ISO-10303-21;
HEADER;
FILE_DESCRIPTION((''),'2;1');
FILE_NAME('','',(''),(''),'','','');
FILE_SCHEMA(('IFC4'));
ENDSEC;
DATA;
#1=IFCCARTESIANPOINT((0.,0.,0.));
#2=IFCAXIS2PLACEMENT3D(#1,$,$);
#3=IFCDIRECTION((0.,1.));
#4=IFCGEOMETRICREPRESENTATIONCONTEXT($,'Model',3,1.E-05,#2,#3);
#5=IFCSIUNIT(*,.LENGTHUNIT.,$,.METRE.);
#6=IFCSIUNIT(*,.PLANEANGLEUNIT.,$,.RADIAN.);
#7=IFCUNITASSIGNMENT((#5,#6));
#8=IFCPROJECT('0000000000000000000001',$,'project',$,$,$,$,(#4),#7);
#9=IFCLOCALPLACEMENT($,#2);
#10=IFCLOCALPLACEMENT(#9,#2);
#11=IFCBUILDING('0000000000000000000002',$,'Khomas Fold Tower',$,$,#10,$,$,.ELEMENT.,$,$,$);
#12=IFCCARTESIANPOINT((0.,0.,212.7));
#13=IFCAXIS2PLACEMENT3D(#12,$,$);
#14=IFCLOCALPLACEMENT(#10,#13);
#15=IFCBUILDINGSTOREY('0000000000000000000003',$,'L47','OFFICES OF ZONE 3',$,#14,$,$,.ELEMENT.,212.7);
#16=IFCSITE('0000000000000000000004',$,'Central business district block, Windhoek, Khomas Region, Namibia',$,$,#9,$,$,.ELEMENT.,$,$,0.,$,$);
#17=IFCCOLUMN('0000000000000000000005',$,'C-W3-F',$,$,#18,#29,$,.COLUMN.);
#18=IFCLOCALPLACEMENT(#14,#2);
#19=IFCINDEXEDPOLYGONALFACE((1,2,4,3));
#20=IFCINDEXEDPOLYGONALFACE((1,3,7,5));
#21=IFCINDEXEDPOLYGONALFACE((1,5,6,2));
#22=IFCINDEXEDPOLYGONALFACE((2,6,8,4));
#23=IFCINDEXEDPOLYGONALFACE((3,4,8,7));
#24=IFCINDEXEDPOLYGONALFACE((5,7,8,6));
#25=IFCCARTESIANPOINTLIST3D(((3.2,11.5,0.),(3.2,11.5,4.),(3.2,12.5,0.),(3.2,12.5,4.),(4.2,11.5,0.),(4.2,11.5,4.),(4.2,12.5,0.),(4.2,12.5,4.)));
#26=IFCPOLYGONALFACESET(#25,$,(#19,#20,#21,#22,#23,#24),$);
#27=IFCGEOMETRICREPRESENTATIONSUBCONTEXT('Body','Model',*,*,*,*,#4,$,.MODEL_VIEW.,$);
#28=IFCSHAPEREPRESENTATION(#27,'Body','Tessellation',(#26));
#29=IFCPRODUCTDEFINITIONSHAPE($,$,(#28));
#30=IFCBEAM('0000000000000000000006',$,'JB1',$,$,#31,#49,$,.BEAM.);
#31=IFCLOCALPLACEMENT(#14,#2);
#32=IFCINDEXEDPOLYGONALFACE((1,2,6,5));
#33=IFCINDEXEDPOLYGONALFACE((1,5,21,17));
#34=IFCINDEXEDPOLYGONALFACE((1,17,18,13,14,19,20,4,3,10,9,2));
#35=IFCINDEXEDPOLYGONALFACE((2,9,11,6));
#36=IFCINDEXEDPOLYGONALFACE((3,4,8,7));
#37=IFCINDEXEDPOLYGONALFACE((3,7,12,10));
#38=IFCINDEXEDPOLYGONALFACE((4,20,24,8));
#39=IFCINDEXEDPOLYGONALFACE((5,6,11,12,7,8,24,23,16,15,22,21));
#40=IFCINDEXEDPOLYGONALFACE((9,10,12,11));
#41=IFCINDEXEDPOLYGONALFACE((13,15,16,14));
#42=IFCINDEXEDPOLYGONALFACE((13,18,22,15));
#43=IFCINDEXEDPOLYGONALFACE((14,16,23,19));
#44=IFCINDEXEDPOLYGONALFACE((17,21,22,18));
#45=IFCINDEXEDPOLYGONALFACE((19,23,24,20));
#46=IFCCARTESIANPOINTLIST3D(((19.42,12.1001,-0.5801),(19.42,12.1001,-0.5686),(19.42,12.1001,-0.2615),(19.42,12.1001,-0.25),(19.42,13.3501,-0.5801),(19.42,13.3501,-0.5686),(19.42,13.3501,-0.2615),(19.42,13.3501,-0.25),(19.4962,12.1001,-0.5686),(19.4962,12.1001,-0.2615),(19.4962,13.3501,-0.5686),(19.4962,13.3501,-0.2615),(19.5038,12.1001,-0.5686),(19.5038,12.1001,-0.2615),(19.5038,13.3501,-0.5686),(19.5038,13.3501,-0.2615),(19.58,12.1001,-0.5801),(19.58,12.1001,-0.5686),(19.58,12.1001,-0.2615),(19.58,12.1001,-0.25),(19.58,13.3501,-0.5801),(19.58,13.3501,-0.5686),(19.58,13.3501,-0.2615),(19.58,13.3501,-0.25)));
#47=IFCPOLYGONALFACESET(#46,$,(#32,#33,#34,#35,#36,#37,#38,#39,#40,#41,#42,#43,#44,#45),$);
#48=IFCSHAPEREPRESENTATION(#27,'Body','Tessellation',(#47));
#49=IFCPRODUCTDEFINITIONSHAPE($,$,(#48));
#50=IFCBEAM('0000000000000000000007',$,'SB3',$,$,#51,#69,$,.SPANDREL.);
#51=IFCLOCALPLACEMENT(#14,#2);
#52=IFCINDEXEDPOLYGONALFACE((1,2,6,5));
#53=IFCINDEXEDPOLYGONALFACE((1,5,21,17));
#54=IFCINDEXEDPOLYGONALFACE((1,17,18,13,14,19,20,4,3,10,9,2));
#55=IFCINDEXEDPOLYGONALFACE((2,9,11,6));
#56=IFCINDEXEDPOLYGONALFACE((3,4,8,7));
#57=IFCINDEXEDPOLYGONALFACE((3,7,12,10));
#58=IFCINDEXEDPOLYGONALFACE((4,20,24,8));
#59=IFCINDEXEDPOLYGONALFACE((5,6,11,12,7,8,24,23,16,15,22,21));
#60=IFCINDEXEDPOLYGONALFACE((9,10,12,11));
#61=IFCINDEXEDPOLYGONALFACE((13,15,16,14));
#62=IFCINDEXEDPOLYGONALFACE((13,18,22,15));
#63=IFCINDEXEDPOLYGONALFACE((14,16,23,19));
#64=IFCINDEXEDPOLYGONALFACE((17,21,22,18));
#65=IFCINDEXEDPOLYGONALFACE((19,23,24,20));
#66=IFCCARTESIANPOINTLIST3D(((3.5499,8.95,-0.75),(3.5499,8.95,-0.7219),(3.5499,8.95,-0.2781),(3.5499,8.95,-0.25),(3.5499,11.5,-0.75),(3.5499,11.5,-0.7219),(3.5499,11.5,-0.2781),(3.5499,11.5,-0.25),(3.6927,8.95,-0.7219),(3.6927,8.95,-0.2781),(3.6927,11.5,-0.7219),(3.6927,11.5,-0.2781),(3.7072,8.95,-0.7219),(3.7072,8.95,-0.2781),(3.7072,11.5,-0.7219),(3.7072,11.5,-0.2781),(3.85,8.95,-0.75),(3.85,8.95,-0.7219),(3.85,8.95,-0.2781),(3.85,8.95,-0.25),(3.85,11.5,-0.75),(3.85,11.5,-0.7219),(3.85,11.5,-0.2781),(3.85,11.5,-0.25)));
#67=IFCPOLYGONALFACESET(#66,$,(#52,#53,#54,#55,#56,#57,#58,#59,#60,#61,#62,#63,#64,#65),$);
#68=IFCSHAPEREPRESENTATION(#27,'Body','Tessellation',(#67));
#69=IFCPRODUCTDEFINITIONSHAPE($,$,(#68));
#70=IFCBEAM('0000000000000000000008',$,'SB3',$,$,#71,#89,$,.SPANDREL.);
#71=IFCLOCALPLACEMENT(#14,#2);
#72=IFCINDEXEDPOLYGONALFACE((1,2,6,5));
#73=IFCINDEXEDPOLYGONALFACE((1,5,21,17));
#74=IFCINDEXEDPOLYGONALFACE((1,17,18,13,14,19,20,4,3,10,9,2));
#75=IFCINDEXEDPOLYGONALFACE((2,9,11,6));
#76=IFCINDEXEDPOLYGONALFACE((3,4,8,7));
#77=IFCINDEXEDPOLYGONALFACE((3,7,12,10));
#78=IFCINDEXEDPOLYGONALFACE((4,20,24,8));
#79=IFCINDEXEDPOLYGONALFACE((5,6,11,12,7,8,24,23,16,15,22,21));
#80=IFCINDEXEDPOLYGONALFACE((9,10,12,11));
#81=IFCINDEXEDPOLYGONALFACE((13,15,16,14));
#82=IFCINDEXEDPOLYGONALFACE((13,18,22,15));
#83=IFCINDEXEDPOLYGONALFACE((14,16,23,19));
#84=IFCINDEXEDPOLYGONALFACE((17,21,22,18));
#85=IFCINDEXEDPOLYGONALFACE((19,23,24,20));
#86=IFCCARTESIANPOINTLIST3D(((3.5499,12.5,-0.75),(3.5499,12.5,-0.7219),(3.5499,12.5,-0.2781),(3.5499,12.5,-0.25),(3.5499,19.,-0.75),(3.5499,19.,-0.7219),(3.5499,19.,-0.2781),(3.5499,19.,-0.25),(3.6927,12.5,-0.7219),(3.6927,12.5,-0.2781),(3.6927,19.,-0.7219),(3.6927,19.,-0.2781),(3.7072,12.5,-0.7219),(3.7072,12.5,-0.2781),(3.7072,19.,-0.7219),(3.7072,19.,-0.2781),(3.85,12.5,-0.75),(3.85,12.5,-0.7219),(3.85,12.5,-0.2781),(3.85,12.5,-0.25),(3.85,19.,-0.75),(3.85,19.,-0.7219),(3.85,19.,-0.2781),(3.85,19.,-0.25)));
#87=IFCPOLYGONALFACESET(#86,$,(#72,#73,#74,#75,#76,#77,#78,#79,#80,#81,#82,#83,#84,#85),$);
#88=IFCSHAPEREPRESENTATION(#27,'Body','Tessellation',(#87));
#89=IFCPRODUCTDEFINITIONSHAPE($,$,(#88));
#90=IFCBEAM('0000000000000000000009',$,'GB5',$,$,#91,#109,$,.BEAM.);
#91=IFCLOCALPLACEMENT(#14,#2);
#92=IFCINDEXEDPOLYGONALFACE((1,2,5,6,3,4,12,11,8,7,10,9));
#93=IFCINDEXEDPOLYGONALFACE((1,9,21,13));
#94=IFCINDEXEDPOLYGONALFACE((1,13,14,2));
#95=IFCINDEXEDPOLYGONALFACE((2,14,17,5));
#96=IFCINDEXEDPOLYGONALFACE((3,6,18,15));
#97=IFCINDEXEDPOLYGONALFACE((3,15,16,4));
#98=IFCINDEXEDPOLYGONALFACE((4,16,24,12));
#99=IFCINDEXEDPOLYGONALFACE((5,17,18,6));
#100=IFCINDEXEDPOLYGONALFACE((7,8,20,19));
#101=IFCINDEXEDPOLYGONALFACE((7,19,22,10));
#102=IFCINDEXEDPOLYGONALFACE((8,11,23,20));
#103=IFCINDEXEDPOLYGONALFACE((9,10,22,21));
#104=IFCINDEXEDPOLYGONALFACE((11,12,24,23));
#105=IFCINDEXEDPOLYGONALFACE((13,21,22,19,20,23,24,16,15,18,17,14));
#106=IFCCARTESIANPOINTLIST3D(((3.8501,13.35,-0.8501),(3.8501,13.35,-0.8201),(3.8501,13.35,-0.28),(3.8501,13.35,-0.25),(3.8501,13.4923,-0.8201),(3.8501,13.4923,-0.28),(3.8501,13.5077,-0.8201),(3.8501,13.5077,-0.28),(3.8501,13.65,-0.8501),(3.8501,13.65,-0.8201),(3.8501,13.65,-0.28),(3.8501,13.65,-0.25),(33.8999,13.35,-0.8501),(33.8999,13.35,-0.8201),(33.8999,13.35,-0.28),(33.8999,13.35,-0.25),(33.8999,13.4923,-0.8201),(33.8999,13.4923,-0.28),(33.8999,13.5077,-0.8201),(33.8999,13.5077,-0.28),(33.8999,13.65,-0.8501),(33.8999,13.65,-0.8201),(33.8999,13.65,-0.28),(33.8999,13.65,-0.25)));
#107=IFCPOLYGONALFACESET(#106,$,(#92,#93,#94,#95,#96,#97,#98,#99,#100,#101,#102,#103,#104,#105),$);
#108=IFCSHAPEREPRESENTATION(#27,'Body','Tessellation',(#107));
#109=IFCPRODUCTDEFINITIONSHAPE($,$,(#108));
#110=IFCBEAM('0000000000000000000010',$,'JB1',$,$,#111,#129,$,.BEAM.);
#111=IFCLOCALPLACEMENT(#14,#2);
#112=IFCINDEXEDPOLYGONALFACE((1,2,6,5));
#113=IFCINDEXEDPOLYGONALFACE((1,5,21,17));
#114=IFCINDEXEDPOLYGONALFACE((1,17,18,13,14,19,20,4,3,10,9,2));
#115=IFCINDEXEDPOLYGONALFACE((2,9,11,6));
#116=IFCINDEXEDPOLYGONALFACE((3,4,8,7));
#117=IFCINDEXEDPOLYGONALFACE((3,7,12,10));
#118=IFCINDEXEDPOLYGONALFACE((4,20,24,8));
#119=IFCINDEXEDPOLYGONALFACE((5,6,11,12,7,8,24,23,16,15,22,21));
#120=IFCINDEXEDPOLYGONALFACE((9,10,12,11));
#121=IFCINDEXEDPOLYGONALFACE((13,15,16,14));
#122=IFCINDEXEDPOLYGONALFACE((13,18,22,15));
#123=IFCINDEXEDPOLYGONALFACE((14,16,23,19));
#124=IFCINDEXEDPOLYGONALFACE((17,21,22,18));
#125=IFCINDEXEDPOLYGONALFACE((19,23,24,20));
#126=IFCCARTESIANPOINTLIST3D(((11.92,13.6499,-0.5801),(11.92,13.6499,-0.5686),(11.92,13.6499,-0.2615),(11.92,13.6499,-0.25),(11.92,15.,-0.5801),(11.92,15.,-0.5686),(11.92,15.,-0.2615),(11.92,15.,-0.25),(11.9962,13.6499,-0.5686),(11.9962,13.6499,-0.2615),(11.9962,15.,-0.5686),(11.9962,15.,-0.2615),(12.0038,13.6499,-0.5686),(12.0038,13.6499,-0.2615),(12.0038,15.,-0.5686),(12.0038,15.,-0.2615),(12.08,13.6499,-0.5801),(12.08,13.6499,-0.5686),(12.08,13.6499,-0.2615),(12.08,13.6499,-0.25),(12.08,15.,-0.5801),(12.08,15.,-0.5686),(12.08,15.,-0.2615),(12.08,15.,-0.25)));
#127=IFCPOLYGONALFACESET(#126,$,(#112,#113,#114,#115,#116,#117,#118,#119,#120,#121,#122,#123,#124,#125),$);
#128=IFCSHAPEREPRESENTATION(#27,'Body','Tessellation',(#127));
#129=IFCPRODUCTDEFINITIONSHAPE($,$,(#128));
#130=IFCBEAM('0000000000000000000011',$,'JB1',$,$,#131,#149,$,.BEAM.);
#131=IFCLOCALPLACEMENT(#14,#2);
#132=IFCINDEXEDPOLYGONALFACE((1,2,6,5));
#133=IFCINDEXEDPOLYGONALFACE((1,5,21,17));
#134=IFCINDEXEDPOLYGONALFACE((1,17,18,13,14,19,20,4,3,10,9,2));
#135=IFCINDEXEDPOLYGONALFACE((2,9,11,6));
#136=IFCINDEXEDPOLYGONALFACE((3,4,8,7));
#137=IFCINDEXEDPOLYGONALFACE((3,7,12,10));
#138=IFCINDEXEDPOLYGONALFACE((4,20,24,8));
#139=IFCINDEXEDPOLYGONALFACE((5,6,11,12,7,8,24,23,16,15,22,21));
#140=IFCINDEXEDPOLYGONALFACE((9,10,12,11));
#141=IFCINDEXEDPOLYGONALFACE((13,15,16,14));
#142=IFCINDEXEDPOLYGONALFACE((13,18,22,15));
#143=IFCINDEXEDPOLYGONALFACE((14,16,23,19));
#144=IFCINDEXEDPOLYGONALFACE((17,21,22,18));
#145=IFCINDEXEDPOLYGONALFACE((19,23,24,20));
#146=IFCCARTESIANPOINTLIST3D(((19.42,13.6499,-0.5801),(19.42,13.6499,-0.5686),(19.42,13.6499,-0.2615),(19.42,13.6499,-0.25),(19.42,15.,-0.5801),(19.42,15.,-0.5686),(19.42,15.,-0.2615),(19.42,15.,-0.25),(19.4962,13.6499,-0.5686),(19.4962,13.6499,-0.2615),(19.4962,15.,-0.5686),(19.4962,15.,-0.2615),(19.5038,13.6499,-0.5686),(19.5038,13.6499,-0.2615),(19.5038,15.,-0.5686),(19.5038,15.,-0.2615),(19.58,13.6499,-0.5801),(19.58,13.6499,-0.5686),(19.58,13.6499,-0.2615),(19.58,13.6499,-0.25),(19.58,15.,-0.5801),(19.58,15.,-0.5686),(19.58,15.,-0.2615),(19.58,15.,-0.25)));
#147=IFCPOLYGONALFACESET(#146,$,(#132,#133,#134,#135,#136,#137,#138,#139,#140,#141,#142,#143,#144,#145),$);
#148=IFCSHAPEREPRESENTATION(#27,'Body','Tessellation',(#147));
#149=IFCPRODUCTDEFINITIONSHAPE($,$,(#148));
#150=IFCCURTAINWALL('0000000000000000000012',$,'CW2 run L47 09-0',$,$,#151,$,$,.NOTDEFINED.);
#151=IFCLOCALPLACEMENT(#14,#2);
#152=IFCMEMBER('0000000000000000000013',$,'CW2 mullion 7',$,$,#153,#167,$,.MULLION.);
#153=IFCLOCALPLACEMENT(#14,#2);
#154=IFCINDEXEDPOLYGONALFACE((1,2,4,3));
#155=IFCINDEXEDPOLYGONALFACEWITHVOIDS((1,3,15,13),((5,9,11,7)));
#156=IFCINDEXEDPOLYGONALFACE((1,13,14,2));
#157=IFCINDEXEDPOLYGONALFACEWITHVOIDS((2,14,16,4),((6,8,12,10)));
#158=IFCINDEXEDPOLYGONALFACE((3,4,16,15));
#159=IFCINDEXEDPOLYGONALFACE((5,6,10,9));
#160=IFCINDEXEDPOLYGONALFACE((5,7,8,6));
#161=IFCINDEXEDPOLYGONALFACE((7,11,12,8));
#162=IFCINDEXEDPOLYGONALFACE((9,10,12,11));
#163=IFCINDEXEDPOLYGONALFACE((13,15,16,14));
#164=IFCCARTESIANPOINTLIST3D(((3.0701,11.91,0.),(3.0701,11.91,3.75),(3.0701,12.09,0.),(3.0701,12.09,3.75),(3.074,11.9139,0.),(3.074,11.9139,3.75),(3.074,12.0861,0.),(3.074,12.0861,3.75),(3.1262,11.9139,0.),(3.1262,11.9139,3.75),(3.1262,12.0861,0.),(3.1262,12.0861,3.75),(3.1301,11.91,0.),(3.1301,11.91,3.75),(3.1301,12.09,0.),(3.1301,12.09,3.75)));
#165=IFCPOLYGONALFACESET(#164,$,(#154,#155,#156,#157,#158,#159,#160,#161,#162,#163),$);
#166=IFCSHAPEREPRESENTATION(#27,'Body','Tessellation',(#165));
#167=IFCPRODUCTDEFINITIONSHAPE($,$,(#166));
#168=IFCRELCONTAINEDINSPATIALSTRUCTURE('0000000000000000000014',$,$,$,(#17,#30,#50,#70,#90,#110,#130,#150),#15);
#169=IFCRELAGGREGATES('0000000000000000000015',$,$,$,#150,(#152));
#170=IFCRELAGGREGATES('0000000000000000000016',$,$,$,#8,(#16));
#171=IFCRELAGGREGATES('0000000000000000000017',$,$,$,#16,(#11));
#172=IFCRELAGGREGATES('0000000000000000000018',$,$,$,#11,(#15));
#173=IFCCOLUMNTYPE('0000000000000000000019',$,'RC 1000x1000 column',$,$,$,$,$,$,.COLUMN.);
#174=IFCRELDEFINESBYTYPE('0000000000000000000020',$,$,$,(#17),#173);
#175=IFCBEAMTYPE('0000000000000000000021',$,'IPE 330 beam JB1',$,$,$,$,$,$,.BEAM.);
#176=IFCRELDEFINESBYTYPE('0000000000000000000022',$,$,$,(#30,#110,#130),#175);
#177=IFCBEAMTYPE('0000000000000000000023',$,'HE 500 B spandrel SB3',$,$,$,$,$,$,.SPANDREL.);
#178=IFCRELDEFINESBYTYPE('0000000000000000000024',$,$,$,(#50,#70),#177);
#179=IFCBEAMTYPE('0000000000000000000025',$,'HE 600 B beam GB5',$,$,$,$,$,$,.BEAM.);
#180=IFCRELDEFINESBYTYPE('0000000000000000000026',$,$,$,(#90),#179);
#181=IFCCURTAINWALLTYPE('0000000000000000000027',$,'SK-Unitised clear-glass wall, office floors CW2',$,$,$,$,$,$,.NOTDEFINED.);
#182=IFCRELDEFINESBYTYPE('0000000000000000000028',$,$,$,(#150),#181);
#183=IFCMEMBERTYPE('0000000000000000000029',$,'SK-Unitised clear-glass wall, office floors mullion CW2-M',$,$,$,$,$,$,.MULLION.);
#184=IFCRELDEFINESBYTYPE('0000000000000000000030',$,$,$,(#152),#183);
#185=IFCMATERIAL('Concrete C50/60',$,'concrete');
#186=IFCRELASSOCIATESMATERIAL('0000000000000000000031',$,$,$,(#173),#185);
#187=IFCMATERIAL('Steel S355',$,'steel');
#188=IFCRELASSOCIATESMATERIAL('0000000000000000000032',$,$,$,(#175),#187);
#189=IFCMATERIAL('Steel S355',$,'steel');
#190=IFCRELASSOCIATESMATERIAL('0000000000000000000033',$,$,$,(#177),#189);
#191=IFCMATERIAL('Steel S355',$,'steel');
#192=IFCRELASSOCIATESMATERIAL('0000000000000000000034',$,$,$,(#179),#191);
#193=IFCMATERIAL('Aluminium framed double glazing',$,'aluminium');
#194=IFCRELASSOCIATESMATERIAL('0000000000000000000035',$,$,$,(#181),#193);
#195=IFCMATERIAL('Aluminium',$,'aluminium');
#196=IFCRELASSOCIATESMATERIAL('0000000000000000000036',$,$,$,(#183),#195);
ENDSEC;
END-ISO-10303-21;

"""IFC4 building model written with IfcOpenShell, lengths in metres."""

from ifc_helpers import new_model, si_unit, direction, frame, origin, origin_2d, place, context, subcontext, project, spatial, rectangle, hollow_rectangle, i_section, extrude, source, transform, mapped, material, material_profile, profile_set, type_object, element, aggregate, save


model = new_model("IFC4")

# Units and contexts
model_context = context("Model", 3, precision=1e-05, world=origin(), true_north=direction((0.0, 1.0)))
body_context = subcontext(model_context, "Body", "Model", "MODEL_VIEW")
ifc_project = project(units=[si_unit("LENGTHUNIT", "METRE"), si_unit("PLANEANGLEUNIT", "RADIAN")], contexts=[model_context])

# Site, building, storey
site_placement = place(None, origin())
site = spatial("IfcSite", under=ifc_project, at=site_placement, Name="Central business district block, Windhoek, Khomas Region, Namibia", CompositionType="ELEMENT", RefElevation=0.0)
building_placement = place(site_placement, origin())
building = spatial("IfcBuilding", under=site, at=building_placement, Name="Khomas Fold Tower", CompositionType="ELEMENT")
storey_placement = place(building_placement, frame((0.0, 0.0, 212.7)))
storey = spatial("IfcBuildingStorey", under=building, at=storey_placement, Name="L47", Description="OFFICES OF ZONE 3", CompositionType="ELEMENT", Elevation=212.7)

# Column
ifc_material_1 = material(Name="Concrete C50/60", Category="concrete")
ifc_material_profile_1 = material_profile(ifc_material_1, rectangle(XDim=1.0, YDim=1.0, at=origin_2d()), Name="RC 1000x1000")
ifc_profile_set_1 = profile_set([ifc_material_profile_1], Name="Concrete C50/60")
column_type = type_object("IfcColumnType", Name="RC 1000x1000 column", PredefinedType="COLUMN", material=ifc_profile_set_1)
shared_shape_1 = source(origin(), body_context, "Body", "SweptSolid", [
    extrude(rectangle(XDim=1.0, YDim=1.0, at=origin_2d()), origin(), (0.0, 0.0, 1.0), 4.0),
])
column_placement = place(storey_placement, frame((3.7, 12.0, 0.0), z_axis=(0.0, 0.0, 1.0), x_axis=(1.0, 0.0, 0.0)))
element("IfcColumn", 1, at=column_placement, inside=storey, type_object=column_type, Name="C-W3-F", PredefinedType="COLUMN", context=body_context, shape_type="MappedRepresentation", body=[
    mapped(shared_shape_1, transform((0.0, 0.0, 0.0))),
])

# Beams
ifc_material_2 = material(Name="Steel S355", Category="steel")
ifc_material_profile_2 = material_profile(ifc_material_2, i_section(OverallWidth=0.1599, OverallDepth=0.3301, WebThickness=0.0076, FlangeThickness=0.0115, at=origin_2d()), Name="IPE 330")
ifc_profile_set_2 = profile_set([ifc_material_profile_2], Name="Steel S355")
beam_type_1 = type_object("IfcBeamType", Name="IPE 330 beam JB1", PredefinedType="BEAM", material=ifc_profile_set_2)
shared_shape_2 = source(origin(), body_context, "Body", "SweptSolid", [
    extrude(i_section(OverallWidth=0.1599, OverallDepth=0.3301, WebThickness=0.0076, FlangeThickness=0.0115, at=origin_2d()), origin(), (0.0, 0.0, 1.0), 1.25),
])
beam_1_placement = place(storey_placement, frame((19.5, 12.1001, -0.415), z_axis=(0.0, 1.0, 0.0), x_axis=(-1.0, 0.0, 0.0)))
element("IfcBeam", 2, at=beam_1_placement, inside=storey, type_object=beam_type_1, Name="JB1", PredefinedType="BEAM", context=body_context, shape_type="MappedRepresentation", body=[
    mapped(shared_shape_2, transform((0.0, 0.0, 0.0))),
])
ifc_material_3 = material(Name="Steel S355", Category="steel")
ifc_material_profile_3 = material_profile(ifc_material_3, i_section(OverallWidth=0.3, OverallDepth=0.5, WebThickness=0.0144, FlangeThickness=0.0281, at=origin_2d()), Name="HE 500 B")
ifc_profile_set_3 = profile_set([ifc_material_profile_3], Name="Steel S355")
beam_type_2 = type_object("IfcBeamType", Name="HE 500 B spandrel SB3", PredefinedType="SPANDREL", material=ifc_profile_set_3)
shared_shape_3 = source(origin(), body_context, "Body", "SweptSolid", [
    extrude(i_section(OverallWidth=0.3, OverallDepth=0.5, WebThickness=0.0144, FlangeThickness=0.0281, at=origin_2d()), origin(), (0.0, 0.0, 1.0), 2.55),
])
beam_2_placement = place(storey_placement, frame((3.7, 8.95, -0.5), z_axis=(0.0, 1.0, 0.0), x_axis=(-1.0, 0.0, 0.0)))
element("IfcBeam", 3, at=beam_2_placement, inside=storey, type_object=beam_type_2, Name="SB3", PredefinedType="SPANDREL", context=body_context, shape_type="MappedRepresentation", body=[
    mapped(shared_shape_3, transform((0.0, 0.0, 0.0))),
])
shared_shape_4 = source(origin(), body_context, "Body", "SweptSolid", [
    extrude(i_section(OverallWidth=0.3, OverallDepth=0.5, WebThickness=0.0144, FlangeThickness=0.0281, at=origin_2d()), origin(), (0.0, 0.0, 1.0), 6.5),
])
beam_3_placement = place(storey_placement, frame((3.7, 12.5, -0.5), z_axis=(0.0, 1.0, 0.0), x_axis=(-1.0, 0.0, 0.0)))
element("IfcBeam", 4, at=beam_3_placement, inside=storey, type_object=beam_type_2, Name="SB3", PredefinedType="SPANDREL", context=body_context, shape_type="MappedRepresentation", body=[
    mapped(shared_shape_4, transform((0.0, 0.0, 0.0))),
])
ifc_material_4 = material(Name="Steel S355", Category="steel")
ifc_material_profile_4 = material_profile(ifc_material_4, i_section(OverallWidth=0.3, OverallDepth=0.6001, WebThickness=0.0154, FlangeThickness=0.03, at=origin_2d()), Name="HE 600 B")
ifc_profile_set_4 = profile_set([ifc_material_profile_4], Name="Steel S355")
beam_type_3 = type_object("IfcBeamType", Name="HE 600 B beam GB5", PredefinedType="BEAM", material=ifc_profile_set_4)
shared_shape_5 = source(origin(), body_context, "Body", "SweptSolid", [
    extrude(i_section(OverallWidth=0.3, OverallDepth=0.6001, WebThickness=0.0154, FlangeThickness=0.03, at=origin_2d()), origin(), (0.0, 0.0, 1.0), 30.0498),
])
beam_4_placement = place(storey_placement, frame((3.8501, 13.5, -0.55), z_axis=(1.0, 0.0, 0.0), x_axis=(0.0, 1.0, 0.0)))
element("IfcBeam", 5, at=beam_4_placement, inside=storey, type_object=beam_type_3, Name="GB5", PredefinedType="BEAM", context=body_context, shape_type="MappedRepresentation", body=[
    mapped(shared_shape_5, transform((0.0, 0.0, 0.0))),
])
shared_shape_6 = source(origin(), body_context, "Body", "SweptSolid", [
    extrude(i_section(OverallWidth=0.1599, OverallDepth=0.3301, WebThickness=0.0076, FlangeThickness=0.0115, at=origin_2d()), origin(), (0.0, 0.0, 1.0), 1.3501),
])
for number, where, z_axis, x_axis, name in (
    (6, (12.0, 13.6499, -0.415), (0.0, 1.0, 0.0), (-1.0, 0.0, 0.0), "JB1"),
    (7, (19.5, 13.6499, -0.415), (0.0, 1.0, 0.0), (-1.0, 0.0, 0.0), "JB1"),
):
    element("IfcBeam", number, at=place(storey_placement, frame(where, z_axis=z_axis, x_axis=x_axis)), inside=storey, type_object=beam_type_1, Name=name, PredefinedType="BEAM", context=body_context, shape_type="MappedRepresentation", body=[
        mapped(shared_shape_6, transform((0.0, 0.0, 0.0))),
    ])

# Curtain wall, member
ifc_material_5 = material(Name="Aluminium framed double glazing", Category="aluminium")
curtain_wall_type = type_object("IfcCurtainWallType", Name="SK-Unitised clear-glass wall, office floors CW2", PredefinedType="NOTDEFINED", material=ifc_material_5)
curtain_wall_placement = place(storey_placement, origin())
curtain_wall = element("IfcCurtainWall", 8, at=curtain_wall_placement, inside=storey, type_object=curtain_wall_type, Name="CW2 run L47 09-0", PredefinedType="NOTDEFINED")
ifc_material_6 = material(Name="Aluminium", Category="aluminium")
ifc_material_profile_5 = material_profile(ifc_material_6, hollow_rectangle(XDim=0.0601, YDim=0.1799, WallThickness=0.0039, at=origin_2d()), Name="SK-Unitised clear-glass wall, office floors mullion CW2-M")
ifc_profile_set_5 = profile_set([ifc_material_profile_5], Name="Aluminium")
member_type_1 = type_object("IfcMemberType", Name="SK-Unitised clear-glass wall, office floors mullion CW2-M", PredefinedType="MULLION", material=ifc_profile_set_5)
shared_shape_7 = source(origin(), body_context, "Body", "SweptSolid", [
    extrude(hollow_rectangle(XDim=0.0601, YDim=0.1799, WallThickness=0.0039, at=origin_2d()), origin(), (0.0, 0.0, 1.0), 3.75),
])
member_1_placement = place(storey_placement, frame((3.1001, 12.0, 0.0), z_axis=(0.0, 0.0, 1.0), x_axis=(1.0, 0.0, 0.0)))
member_1 = element("IfcMember", 9, at=member_1_placement, type_object=member_type_1, Name="CW2 mullion 7", PredefinedType="MULLION", context=body_context, shape_type="MappedRepresentation", body=[
    mapped(shared_shape_7, transform((0.0, 0.0, 0.0))),
])

aggregate(curtain_wall, [member_1])

save(model, "model.ifc")
